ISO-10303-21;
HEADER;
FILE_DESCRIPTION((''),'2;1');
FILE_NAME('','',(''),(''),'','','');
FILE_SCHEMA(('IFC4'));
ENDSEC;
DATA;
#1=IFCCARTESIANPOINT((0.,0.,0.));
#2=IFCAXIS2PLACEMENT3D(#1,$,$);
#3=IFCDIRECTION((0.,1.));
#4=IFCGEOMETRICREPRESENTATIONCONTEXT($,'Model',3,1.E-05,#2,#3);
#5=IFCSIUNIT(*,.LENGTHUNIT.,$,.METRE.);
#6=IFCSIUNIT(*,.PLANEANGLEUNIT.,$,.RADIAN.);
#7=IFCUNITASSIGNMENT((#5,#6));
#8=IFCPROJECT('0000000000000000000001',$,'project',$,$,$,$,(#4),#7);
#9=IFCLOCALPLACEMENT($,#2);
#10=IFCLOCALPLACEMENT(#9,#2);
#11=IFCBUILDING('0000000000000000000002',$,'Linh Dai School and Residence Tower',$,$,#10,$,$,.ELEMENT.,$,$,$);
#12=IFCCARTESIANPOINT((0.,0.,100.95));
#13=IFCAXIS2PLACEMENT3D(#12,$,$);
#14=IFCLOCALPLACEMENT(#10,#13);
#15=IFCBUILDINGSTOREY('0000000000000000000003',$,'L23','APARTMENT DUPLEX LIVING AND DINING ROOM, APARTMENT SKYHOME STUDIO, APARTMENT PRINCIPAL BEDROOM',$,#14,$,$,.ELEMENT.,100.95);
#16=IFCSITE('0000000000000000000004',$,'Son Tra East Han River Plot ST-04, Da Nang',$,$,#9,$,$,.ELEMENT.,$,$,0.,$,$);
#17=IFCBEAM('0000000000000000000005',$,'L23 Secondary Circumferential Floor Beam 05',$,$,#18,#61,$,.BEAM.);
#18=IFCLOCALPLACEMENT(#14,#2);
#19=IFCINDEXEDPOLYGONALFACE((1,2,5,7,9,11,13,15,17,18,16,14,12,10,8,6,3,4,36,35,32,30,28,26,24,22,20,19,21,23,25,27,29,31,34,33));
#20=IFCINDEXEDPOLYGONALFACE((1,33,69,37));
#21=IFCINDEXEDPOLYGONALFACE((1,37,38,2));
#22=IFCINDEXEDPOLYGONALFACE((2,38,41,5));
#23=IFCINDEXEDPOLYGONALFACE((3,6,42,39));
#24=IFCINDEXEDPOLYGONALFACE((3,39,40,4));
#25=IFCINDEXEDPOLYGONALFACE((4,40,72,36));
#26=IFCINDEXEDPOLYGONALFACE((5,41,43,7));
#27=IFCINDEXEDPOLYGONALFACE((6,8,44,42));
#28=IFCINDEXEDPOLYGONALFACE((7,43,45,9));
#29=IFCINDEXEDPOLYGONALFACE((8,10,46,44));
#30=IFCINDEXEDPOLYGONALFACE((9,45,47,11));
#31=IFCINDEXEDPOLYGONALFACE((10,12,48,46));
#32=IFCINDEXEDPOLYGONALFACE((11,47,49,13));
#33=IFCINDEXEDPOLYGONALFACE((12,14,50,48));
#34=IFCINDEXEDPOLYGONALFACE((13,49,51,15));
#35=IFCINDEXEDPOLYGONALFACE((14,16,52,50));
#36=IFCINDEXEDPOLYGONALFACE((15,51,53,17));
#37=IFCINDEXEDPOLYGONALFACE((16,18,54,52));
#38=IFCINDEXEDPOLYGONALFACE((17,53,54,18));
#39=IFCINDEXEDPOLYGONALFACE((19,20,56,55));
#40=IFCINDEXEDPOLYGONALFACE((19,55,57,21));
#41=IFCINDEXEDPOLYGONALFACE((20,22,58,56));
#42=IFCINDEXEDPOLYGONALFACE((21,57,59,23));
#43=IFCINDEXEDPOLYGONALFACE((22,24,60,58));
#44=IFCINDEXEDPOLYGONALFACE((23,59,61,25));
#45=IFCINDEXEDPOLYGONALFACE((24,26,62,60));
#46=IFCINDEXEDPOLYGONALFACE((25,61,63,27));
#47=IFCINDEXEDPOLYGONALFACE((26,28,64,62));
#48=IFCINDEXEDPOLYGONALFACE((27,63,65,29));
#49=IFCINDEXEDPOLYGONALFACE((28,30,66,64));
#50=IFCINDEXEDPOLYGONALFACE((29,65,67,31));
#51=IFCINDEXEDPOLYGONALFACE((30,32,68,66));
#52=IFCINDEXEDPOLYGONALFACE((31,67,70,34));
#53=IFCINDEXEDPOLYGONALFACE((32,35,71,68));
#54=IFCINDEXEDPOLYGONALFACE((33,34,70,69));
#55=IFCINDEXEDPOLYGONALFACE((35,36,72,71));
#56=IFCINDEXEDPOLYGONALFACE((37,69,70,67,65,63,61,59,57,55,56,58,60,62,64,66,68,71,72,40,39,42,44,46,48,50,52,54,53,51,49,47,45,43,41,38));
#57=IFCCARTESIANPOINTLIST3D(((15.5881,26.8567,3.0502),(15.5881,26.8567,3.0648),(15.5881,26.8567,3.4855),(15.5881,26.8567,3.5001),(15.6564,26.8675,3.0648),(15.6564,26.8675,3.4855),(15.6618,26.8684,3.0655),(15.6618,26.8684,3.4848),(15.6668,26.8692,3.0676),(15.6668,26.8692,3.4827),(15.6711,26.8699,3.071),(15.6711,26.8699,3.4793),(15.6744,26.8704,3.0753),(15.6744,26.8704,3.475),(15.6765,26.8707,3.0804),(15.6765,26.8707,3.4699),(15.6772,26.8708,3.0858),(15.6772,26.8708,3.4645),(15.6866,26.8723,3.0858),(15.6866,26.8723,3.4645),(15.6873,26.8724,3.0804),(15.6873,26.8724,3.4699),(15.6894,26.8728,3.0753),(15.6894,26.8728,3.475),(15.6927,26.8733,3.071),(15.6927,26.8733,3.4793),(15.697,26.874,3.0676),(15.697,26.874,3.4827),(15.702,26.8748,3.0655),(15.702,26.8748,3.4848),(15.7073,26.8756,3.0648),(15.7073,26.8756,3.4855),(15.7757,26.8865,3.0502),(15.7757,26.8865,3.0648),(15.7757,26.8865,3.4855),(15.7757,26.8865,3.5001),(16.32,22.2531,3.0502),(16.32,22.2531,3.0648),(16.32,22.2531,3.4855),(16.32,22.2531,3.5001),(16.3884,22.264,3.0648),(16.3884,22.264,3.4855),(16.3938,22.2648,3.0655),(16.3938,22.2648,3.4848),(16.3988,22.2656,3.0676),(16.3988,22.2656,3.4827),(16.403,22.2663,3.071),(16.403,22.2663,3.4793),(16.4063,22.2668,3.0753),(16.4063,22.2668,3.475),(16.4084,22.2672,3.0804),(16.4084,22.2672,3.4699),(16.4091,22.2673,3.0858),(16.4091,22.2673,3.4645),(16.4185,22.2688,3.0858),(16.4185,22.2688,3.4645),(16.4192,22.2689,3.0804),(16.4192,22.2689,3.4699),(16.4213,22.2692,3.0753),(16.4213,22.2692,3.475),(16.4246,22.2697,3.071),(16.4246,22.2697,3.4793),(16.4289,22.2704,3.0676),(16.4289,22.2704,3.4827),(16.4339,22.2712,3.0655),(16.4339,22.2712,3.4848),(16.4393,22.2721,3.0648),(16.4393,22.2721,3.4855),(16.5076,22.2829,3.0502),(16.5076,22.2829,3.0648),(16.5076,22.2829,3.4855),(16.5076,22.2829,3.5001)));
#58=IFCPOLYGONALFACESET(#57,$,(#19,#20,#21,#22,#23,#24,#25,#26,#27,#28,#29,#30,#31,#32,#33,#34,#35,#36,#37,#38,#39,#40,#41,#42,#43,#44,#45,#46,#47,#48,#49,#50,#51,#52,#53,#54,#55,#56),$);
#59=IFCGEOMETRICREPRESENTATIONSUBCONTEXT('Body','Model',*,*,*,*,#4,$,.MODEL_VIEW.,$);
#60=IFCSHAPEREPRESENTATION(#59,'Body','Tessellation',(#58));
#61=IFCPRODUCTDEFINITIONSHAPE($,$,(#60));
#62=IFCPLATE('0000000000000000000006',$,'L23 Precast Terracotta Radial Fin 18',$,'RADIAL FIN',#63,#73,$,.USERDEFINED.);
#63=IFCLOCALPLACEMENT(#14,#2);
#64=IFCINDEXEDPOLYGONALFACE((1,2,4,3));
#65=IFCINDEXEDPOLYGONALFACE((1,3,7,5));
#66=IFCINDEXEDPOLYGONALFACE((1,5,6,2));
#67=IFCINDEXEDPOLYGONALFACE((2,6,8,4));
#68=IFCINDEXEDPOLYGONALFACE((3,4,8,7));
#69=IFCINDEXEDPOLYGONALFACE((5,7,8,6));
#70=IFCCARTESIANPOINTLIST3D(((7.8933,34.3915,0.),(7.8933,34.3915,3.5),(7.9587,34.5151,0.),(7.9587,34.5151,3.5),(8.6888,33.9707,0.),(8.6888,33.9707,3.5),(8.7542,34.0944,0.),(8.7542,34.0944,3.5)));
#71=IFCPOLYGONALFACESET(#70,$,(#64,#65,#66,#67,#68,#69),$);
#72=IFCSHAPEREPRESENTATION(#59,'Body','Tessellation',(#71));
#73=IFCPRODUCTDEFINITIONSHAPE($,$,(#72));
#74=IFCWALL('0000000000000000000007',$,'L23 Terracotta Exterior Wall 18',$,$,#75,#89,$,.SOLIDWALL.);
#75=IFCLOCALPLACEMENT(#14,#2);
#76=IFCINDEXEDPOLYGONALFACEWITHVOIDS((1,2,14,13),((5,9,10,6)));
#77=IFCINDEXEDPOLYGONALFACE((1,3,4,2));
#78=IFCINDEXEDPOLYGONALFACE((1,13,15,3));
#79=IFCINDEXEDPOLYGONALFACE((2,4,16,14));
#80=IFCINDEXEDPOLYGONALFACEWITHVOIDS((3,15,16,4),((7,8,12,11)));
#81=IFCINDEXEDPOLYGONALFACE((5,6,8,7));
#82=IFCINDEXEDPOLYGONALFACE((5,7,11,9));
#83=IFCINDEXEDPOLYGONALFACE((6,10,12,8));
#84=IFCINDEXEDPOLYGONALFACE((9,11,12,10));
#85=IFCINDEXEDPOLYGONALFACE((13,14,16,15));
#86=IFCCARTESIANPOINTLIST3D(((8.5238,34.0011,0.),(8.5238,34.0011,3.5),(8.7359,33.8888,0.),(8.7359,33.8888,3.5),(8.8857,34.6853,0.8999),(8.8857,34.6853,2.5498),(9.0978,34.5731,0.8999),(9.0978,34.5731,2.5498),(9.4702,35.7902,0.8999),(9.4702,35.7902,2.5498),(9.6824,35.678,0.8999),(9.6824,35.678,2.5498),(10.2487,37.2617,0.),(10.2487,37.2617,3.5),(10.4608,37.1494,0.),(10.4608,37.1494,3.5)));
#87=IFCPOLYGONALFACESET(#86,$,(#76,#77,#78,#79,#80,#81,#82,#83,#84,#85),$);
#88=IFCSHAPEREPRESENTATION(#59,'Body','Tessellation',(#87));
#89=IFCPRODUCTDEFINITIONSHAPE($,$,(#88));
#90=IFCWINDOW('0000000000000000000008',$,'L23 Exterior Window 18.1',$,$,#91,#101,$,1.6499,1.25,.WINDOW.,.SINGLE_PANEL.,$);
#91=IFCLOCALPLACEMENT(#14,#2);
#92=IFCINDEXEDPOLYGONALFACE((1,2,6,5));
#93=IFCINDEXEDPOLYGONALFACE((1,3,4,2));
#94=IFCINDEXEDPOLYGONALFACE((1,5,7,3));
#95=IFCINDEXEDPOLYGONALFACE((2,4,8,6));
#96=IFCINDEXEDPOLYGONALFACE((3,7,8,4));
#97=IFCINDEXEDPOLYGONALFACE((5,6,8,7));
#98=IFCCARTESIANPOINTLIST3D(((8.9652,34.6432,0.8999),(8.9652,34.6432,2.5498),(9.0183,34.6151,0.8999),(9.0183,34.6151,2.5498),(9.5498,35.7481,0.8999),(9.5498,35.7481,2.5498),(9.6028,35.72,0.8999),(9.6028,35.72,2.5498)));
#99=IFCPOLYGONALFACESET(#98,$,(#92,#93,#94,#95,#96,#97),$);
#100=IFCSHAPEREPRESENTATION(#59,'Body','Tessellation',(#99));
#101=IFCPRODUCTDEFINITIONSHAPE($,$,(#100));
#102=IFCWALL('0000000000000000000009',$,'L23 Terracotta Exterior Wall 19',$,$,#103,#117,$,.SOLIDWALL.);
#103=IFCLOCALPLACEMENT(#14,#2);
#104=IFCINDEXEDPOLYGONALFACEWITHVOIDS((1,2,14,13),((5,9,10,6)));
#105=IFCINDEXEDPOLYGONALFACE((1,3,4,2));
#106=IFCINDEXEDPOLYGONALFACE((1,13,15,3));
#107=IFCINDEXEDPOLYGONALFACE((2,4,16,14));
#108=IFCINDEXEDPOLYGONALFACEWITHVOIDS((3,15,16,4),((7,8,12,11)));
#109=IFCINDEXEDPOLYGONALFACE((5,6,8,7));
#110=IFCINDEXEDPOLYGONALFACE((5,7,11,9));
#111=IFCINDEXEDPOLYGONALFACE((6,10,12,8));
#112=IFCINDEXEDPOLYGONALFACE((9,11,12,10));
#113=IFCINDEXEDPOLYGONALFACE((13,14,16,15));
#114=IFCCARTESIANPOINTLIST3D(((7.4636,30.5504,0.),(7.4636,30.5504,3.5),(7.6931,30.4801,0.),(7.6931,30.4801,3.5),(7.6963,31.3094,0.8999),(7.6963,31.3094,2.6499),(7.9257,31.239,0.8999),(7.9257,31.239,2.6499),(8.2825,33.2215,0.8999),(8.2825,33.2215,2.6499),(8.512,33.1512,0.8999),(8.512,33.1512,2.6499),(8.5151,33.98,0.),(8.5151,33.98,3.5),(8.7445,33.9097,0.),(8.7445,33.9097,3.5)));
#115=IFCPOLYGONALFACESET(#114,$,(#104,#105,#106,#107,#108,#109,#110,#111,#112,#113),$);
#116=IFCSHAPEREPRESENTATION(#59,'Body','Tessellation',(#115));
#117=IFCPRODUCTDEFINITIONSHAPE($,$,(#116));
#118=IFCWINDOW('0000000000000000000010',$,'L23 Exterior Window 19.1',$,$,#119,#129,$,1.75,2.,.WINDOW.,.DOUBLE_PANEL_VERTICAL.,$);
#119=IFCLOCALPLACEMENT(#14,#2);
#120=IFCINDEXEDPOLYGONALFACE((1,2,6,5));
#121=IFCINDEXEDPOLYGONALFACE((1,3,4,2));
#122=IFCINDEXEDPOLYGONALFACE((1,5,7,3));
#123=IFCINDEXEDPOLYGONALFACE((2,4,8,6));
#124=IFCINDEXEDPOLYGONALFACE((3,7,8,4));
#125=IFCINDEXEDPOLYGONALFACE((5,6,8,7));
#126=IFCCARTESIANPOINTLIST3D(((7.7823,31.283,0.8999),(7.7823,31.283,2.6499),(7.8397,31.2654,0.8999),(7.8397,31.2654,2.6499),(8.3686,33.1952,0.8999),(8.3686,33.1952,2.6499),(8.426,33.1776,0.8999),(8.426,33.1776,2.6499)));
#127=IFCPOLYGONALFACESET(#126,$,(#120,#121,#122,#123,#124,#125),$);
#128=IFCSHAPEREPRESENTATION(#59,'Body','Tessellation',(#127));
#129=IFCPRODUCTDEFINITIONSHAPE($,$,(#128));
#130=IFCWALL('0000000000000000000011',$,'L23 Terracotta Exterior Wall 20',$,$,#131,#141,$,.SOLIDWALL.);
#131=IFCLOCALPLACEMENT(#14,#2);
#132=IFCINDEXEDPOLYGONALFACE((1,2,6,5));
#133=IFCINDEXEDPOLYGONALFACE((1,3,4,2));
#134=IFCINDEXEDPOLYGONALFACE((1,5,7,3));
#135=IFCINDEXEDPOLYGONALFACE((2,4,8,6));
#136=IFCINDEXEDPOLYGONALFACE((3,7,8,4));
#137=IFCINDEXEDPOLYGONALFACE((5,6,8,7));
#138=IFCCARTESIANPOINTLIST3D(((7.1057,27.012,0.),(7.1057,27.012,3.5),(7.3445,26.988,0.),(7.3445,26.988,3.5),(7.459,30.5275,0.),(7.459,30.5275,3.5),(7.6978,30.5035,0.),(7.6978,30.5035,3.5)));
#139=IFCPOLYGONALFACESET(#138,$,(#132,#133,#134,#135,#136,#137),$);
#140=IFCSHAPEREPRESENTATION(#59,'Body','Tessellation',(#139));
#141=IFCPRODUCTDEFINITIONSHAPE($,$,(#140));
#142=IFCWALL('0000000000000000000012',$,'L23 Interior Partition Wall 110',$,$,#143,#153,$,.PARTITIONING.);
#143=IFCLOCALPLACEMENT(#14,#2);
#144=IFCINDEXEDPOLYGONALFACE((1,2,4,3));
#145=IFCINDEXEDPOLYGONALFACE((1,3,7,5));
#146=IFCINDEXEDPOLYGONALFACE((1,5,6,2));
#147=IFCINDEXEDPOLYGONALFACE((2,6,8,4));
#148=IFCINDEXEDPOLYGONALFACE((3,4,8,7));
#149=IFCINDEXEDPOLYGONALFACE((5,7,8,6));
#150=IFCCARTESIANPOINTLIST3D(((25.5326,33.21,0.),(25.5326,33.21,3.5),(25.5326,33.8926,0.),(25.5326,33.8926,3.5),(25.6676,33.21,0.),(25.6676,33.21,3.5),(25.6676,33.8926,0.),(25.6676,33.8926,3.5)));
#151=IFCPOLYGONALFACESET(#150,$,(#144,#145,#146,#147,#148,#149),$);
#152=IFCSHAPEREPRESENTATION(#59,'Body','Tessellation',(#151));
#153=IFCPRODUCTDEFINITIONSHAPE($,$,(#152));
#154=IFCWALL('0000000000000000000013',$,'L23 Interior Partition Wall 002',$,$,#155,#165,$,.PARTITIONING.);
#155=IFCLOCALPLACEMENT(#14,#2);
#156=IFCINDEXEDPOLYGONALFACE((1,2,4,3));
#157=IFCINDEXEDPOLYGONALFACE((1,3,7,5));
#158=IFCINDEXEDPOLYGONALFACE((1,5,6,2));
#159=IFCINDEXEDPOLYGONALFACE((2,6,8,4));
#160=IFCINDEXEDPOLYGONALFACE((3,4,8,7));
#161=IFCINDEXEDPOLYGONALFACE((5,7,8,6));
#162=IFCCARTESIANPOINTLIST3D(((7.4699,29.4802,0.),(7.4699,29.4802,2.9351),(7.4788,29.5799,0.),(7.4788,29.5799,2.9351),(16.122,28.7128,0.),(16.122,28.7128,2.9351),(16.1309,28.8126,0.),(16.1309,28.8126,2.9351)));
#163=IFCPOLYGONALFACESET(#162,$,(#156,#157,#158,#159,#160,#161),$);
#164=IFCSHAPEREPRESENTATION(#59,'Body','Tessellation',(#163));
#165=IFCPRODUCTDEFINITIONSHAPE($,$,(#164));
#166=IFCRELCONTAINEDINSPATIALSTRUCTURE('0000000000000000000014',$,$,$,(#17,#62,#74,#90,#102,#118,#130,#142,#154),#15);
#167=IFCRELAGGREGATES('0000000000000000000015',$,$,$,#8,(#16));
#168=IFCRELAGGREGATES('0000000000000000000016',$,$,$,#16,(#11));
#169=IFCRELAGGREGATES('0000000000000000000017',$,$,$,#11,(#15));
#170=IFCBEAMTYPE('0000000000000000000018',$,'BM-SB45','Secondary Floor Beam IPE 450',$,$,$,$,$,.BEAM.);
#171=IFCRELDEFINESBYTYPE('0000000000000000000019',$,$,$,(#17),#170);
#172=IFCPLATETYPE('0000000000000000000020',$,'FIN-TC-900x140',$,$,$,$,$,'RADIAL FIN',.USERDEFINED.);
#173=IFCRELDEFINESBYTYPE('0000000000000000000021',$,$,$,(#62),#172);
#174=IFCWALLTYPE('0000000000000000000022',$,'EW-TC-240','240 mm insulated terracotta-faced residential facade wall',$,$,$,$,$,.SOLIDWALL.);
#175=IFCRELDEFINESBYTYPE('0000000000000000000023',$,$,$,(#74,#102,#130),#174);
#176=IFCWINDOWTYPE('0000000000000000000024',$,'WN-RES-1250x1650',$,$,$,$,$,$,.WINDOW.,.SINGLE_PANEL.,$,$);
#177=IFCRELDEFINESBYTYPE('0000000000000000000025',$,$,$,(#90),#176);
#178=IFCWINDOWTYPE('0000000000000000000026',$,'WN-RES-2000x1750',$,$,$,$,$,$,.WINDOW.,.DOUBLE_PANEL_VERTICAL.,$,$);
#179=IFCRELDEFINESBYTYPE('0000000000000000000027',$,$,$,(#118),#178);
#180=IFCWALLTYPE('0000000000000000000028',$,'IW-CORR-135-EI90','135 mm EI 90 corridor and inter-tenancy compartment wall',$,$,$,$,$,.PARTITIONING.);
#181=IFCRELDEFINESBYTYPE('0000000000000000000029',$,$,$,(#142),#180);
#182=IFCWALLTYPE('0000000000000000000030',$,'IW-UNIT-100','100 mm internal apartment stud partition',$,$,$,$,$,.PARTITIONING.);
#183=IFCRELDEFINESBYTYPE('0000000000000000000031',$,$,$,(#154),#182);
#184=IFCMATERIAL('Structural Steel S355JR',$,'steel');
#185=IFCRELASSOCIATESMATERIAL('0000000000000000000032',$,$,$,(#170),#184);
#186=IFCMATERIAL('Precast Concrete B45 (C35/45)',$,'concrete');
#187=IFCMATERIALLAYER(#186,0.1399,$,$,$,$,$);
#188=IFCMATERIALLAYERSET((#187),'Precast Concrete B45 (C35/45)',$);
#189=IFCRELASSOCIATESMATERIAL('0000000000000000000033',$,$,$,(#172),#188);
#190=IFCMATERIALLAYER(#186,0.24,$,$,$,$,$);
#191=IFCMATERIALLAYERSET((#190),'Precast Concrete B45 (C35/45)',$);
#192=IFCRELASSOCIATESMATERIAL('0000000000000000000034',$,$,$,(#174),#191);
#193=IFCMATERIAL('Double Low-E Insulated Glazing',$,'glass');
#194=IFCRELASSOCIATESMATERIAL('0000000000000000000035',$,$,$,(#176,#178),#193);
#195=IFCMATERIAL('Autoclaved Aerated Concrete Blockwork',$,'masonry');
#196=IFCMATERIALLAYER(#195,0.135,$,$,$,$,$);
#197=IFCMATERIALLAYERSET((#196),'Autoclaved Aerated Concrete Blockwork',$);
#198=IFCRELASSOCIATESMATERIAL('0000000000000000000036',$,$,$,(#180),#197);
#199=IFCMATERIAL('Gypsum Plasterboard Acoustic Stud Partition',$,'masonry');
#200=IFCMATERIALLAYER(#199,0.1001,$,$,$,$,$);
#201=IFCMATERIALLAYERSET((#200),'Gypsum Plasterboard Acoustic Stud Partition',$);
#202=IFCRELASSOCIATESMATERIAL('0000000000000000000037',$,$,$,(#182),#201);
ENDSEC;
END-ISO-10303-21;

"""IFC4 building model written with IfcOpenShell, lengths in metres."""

from ifc_helpers import new_model, si_unit, direction, frame, frame_2d, origin, origin_2d, place, context, subcontext, project, spatial, rectangle, i_section, extrude, source, transform, mapped, material, layer, layer_set, material_profile, profile_set, type_object, element, fill, save


model = new_model("IFC4")

# Units and contexts
model_context = context("Model", 3, precision=1e-05, world=origin(), true_north=direction((0.0, 1.0)))
body_context = subcontext(model_context, "Body", "Model", "MODEL_VIEW")
ifc_project = project(units=[si_unit("LENGTHUNIT", "METRE"), si_unit("PLANEANGLEUNIT", "RADIAN")], contexts=[model_context])

# Site, building, storey
site_placement = place(None, origin())
site = spatial("IfcSite", under=ifc_project, at=site_placement, Name="Son Tra East Han River Plot ST-04, Da Nang", CompositionType="ELEMENT", RefElevation=0.0)
building_placement = place(site_placement, origin())
building = spatial("IfcBuilding", under=site, at=building_placement, Name="Linh Dai School and Residence Tower", CompositionType="ELEMENT")
storey_placement = place(building_placement, frame((0.0, 0.0, 100.95)))
storey = spatial("IfcBuildingStorey", under=building, at=storey_placement, Name="L23", Description="APARTMENT DUPLEX LIVING AND DINING ROOM, APARTMENT SKYHOME STUDIO, APARTMENT PRINCIPAL BEDROOM", CompositionType="ELEMENT", Elevation=100.95)

# Shared definitions
ifc_material_1 = material(Name="Structural Steel S355JR", Category="steel")

# Beam
ifc_material_profile_1 = material_profile(ifc_material_1, i_section(OverallWidth=0.1899, OverallDepth=0.45, WebThickness=0.0095, FlangeThickness=0.0146, FilletRadius=0.021, at=origin_2d()), Name="IPE 450")
ifc_profile_set_1 = profile_set([ifc_material_profile_1], Name="Structural Steel S355JR")
beam_type_1 = type_object("IfcBeamType", Name="BM-SB45", Description="Secondary Floor Beam IPE 450", PredefinedType="BEAM", material=ifc_profile_set_1)
beam_1_placement = place(storey_placement, frame((15.6819, 26.8716, 3.2751), z_axis=(0.157022, -0.987595, 0.0), x_axis=(0.987595, 0.157022, 0.0)))
element("IfcBeam", 1, at=beam_1_placement, inside=storey, type_object=beam_type_1, Name="L23 Secondary Circumferential Floor Beam 05", PredefinedType="BEAM", context=body_context, shape_type="SweptSolid", body=[
    extrude(i_section(OverallWidth=0.1899, OverallDepth=0.45, WebThickness=0.0095, FlangeThickness=0.0146, FilletRadius=0.021, at=origin_2d()), origin(), (0.0, 0.0, 1.0), 4.6614),
])

# Plate
ifc_material_2 = material(Name="Precast Concrete B45 (C35/45)", Category="concrete")
ifc_layer_1 = layer(ifc_material_2, 0.1399)
ifc_layer_set_1 = layer_set([ifc_layer_1], Name="Precast Concrete B45 (C35/45)")
plate_type = type_object("IfcPlateType", Name="FIN-TC-900x140", ElementType="RADIAL FIN", PredefinedType="USERDEFINED", material=ifc_layer_set_1)
shared_shape_1 = source(origin(), body_context, "Body", "SweptSolid", [
    extrude(rectangle(XDim=0.8999, YDim=0.1399, at=origin_2d()), origin(), (0.0, 0.0, 1.0), 3.5),
])
plate_placement = place(storey_placement, frame((8.3237, 34.2429, 0.0), z_axis=(0.0, 0.0, 1.0), x_axis=(-0.883942, 0.467596, 0.0)))
element("IfcPlate", 2, at=plate_placement, inside=storey, type_object=plate_type, Name="L23 Precast Terracotta Radial Fin 18", ObjectType="RADIAL FIN", PredefinedType="USERDEFINED", context=body_context, shape_type="MappedRepresentation", body=[
    mapped(shared_shape_1, transform((0.0, 0.0, 0.0), x_axis=(1.0, 0.0, 0.0), y_axis=(0.0, 1.0, 0.0), z_axis=(0.0, 0.0, 1.0), scale=1.0)),
])

# Walls, openings, windows
ifc_layer_2 = layer(ifc_material_2, 0.24)
ifc_layer_set_2 = layer_set([ifc_layer_2], Name="Precast Concrete B45 (C35/45)")
wall_type_1 = type_object("IfcWallType", Name="EW-TC-240", Description="240 mm insulated terracotta-faced residential facade wall", PredefinedType="SOLIDWALL", material=ifc_layer_set_2)
wall_1_placement = place(storey_placement, frame((8.6299, 33.9451, 0.0), z_axis=(0.0, 0.0, 1.0), x_axis=(0.467614, 0.883933, 0.0)))
wall_1 = element("IfcWall", 3, at=wall_1_placement, inside=storey, type_object=wall_type_1, Name="L23 Terracotta Exterior Wall 18", PredefinedType="SOLIDWALL", context=body_context, shape_type="SweptSolid", body=[
    extrude(rectangle(XDim=3.6887, YDim=0.24, at=frame_2d((1.8442, 0.0))), origin(), (0.0, 0.0, 1.0), 3.5),
])
opening_1_placement = place(wall_1_placement, frame((0.7739, 0.0, 0.8999)))
opening_1 = element("IfcOpeningElement", 4, at=opening_1_placement, cuts=wall_1, PredefinedType="OPENING", context=body_context, shape_type="SweptSolid", body=[
    extrude(rectangle(XDim=1.25, YDim=1.6499, at=origin_2d()), frame((0.625, 0.1299, 0.825), z_axis=(0.0, -1.0, 0.0), x_axis=(1.0, 0.0, 0.0)), (0.0, 0.0, 1.0), 0.26),
])
ifc_material_3 = material(Name="Double Low-E Insulated Glazing", Category="glass")
window_type_1 = type_object("IfcWindowType", Name="WN-RES-1250x1650", PartitioningType="SINGLE_PANEL", PredefinedType="WINDOW", material=ifc_material_3)
shared_shape_2 = source(origin(), body_context, "Body", "SweptSolid", [
    extrude(rectangle(XDim=1.25, YDim=1.6499, at=origin_2d()), frame((0.625, 0.03, 0.825), z_axis=(0.0, -1.0, 0.0), x_axis=(1.0, 0.0, 0.0)), (0.0, 0.0, 1.0), 0.0601),
])
window_1_placement = place(opening_1_placement, origin())
window_1 = element("IfcWindow", 5, at=window_1_placement, inside=storey, type_object=window_type_1, Name="L23 Exterior Window 18.1", OverallHeight=1.6499, OverallWidth=1.25, PartitioningType="SINGLE_PANEL", PredefinedType="WINDOW", context=body_context, shape_type="MappedRepresentation", body=[
    mapped(shared_shape_2, transform((0.0, 0.0, 0.0), x_axis=(1.0, 0.0, 0.0), y_axis=(0.0, 1.0, 0.0), z_axis=(0.0, 0.0, 1.0), scale=1.0)),
])
fill(opening_1, window_1)
wall_2_placement = place(storey_placement, frame((7.5784, 30.5154, 0.0), z_axis=(0.0, 0.0, 1.0), x_axis=(0.293124, 0.956074, 0.0)))
wall_2 = element("IfcWall", 6, at=wall_2_placement, inside=storey, type_object=wall_type_1, Name="L23 Terracotta Exterior Wall 19", PredefinedType="SOLIDWALL", context=body_context, shape_type="SweptSolid", body=[
    extrude(rectangle(XDim=3.5872, YDim=0.24, at=frame_2d((1.7935, 0.0))), origin(), (0.0, 0.0, 1.0), 3.5),
])
opening_2_placement = place(wall_2_placement, frame((0.7937, 0.0, 0.8999)))
opening_2 = element("IfcOpeningElement", 7, at=opening_2_placement, cuts=wall_2, PredefinedType="OPENING", context=body_context, shape_type="SweptSolid", body=[
    extrude(rectangle(XDim=2.0, YDim=1.75, at=origin_2d()), frame((1.0, 0.1299, 0.875), z_axis=(0.0, -1.0, 0.0), x_axis=(1.0, 0.0, 0.0)), (0.0, 0.0, 1.0), 0.26),
])
window_type_2 = type_object("IfcWindowType", Name="WN-RES-2000x1750", PartitioningType="DOUBLE_PANEL_VERTICAL", PredefinedType="WINDOW", material=ifc_material_3)
shared_shape_3 = source(origin(), body_context, "Body", "SweptSolid", [
    extrude(rectangle(XDim=2.0, YDim=1.75, at=origin_2d()), frame((1.0, 0.03, 0.875), z_axis=(0.0, -1.0, 0.0), x_axis=(1.0, 0.0, 0.0)), (0.0, 0.0, 1.0), 0.0601),
])
window_2_placement = place(opening_2_placement, origin())
window_2 = element("IfcWindow", 8, at=window_2_placement, inside=storey, type_object=window_type_2, Name="L23 Exterior Window 19.1", OverallHeight=1.75, OverallWidth=2.0, PartitioningType="DOUBLE_PANEL_VERTICAL", PredefinedType="WINDOW", context=body_context, shape_type="MappedRepresentation", body=[
    mapped(shared_shape_3, transform((0.0, 0.0, 0.0), x_axis=(1.0, 0.0, 0.0), y_axis=(0.0, 1.0, 0.0), z_axis=(0.0, 0.0, 1.0), scale=1.0)),
])
fill(opening_2, window_2)

# Walls
wall_3_placement = place(storey_placement, frame((7.2251, 27.0, 0.0), z_axis=(0.0, 0.0, 1.0), x_axis=(0.099989, 0.994988, 0.0)))
element("IfcWall", 9, at=wall_3_placement, inside=storey, type_object=wall_type_1, Name="L23 Terracotta Exterior Wall 20", PredefinedType="SOLIDWALL", context=body_context, shape_type="SweptSolid", body=[
    extrude(rectangle(XDim=3.5332, YDim=0.24, at=frame_2d((1.7666, 0.0))), origin(), (0.0, 0.0, 1.0), 3.5),
])
ifc_material_4 = material(Name="Autoclaved Aerated Concrete Blockwork", Category="masonry")
ifc_layer_3 = layer(ifc_material_4, 0.135)
ifc_layer_set_3 = layer_set([ifc_layer_3], Name="Autoclaved Aerated Concrete Blockwork")
wall_type_2 = type_object("IfcWallType", Name="IW-CORR-135-EI90", Description="135 mm EI 90 corridor and inter-tenancy compartment wall", PredefinedType="PARTITIONING", material=ifc_layer_set_3)
wall_4_placement = place(storey_placement, frame((25.6001, 33.8926, 0.0), z_axis=(0.0, 0.0, 1.0), x_axis=(0.0, -1.0, 0.0)))
element("IfcWall", 10, at=wall_4_placement, inside=storey, type_object=wall_type_2, Name="L23 Interior Partition Wall 110", PredefinedType="PARTITIONING", context=body_context, shape_type="SweptSolid", body=[
    extrude(rectangle(XDim=0.6826, YDim=0.135, at=frame_2d((0.3413, 0.0))), origin(), (0.0, 0.0, 1.0), 3.5),
])
ifc_material_5 = material(Name="Gypsum Plasterboard Acoustic Stud Partition", Category="masonry")
ifc_layer_4 = layer(ifc_material_5, 0.1001)
ifc_layer_set_4 = layer_set([ifc_layer_4], Name="Gypsum Plasterboard Acoustic Stud Partition")
wall_type_3 = type_object("IfcWallType", Name="IW-UNIT-100", Description="100 mm internal apartment stud partition", PredefinedType="PARTITIONING", material=ifc_layer_set_4)
wall_5_placement = place(storey_placement, frame((7.4744, 29.53, 0.0), z_axis=(0.0, 0.0, 1.0), x_axis=(0.99609, -0.088341, 0.0)))
element("IfcWall", 11, at=wall_5_placement, inside=storey, type_object=wall_type_3, Name="L23 Interior Partition Wall 002", PredefinedType="PARTITIONING", context=body_context, shape_type="SweptSolid", body=[
    extrude(rectangle(XDim=8.686, YDim=0.1001, at=frame_2d((4.343, 0.0))), origin(), (0.0, 0.0, 1.0), 2.9351),
])

save(model, "model.ifc")
